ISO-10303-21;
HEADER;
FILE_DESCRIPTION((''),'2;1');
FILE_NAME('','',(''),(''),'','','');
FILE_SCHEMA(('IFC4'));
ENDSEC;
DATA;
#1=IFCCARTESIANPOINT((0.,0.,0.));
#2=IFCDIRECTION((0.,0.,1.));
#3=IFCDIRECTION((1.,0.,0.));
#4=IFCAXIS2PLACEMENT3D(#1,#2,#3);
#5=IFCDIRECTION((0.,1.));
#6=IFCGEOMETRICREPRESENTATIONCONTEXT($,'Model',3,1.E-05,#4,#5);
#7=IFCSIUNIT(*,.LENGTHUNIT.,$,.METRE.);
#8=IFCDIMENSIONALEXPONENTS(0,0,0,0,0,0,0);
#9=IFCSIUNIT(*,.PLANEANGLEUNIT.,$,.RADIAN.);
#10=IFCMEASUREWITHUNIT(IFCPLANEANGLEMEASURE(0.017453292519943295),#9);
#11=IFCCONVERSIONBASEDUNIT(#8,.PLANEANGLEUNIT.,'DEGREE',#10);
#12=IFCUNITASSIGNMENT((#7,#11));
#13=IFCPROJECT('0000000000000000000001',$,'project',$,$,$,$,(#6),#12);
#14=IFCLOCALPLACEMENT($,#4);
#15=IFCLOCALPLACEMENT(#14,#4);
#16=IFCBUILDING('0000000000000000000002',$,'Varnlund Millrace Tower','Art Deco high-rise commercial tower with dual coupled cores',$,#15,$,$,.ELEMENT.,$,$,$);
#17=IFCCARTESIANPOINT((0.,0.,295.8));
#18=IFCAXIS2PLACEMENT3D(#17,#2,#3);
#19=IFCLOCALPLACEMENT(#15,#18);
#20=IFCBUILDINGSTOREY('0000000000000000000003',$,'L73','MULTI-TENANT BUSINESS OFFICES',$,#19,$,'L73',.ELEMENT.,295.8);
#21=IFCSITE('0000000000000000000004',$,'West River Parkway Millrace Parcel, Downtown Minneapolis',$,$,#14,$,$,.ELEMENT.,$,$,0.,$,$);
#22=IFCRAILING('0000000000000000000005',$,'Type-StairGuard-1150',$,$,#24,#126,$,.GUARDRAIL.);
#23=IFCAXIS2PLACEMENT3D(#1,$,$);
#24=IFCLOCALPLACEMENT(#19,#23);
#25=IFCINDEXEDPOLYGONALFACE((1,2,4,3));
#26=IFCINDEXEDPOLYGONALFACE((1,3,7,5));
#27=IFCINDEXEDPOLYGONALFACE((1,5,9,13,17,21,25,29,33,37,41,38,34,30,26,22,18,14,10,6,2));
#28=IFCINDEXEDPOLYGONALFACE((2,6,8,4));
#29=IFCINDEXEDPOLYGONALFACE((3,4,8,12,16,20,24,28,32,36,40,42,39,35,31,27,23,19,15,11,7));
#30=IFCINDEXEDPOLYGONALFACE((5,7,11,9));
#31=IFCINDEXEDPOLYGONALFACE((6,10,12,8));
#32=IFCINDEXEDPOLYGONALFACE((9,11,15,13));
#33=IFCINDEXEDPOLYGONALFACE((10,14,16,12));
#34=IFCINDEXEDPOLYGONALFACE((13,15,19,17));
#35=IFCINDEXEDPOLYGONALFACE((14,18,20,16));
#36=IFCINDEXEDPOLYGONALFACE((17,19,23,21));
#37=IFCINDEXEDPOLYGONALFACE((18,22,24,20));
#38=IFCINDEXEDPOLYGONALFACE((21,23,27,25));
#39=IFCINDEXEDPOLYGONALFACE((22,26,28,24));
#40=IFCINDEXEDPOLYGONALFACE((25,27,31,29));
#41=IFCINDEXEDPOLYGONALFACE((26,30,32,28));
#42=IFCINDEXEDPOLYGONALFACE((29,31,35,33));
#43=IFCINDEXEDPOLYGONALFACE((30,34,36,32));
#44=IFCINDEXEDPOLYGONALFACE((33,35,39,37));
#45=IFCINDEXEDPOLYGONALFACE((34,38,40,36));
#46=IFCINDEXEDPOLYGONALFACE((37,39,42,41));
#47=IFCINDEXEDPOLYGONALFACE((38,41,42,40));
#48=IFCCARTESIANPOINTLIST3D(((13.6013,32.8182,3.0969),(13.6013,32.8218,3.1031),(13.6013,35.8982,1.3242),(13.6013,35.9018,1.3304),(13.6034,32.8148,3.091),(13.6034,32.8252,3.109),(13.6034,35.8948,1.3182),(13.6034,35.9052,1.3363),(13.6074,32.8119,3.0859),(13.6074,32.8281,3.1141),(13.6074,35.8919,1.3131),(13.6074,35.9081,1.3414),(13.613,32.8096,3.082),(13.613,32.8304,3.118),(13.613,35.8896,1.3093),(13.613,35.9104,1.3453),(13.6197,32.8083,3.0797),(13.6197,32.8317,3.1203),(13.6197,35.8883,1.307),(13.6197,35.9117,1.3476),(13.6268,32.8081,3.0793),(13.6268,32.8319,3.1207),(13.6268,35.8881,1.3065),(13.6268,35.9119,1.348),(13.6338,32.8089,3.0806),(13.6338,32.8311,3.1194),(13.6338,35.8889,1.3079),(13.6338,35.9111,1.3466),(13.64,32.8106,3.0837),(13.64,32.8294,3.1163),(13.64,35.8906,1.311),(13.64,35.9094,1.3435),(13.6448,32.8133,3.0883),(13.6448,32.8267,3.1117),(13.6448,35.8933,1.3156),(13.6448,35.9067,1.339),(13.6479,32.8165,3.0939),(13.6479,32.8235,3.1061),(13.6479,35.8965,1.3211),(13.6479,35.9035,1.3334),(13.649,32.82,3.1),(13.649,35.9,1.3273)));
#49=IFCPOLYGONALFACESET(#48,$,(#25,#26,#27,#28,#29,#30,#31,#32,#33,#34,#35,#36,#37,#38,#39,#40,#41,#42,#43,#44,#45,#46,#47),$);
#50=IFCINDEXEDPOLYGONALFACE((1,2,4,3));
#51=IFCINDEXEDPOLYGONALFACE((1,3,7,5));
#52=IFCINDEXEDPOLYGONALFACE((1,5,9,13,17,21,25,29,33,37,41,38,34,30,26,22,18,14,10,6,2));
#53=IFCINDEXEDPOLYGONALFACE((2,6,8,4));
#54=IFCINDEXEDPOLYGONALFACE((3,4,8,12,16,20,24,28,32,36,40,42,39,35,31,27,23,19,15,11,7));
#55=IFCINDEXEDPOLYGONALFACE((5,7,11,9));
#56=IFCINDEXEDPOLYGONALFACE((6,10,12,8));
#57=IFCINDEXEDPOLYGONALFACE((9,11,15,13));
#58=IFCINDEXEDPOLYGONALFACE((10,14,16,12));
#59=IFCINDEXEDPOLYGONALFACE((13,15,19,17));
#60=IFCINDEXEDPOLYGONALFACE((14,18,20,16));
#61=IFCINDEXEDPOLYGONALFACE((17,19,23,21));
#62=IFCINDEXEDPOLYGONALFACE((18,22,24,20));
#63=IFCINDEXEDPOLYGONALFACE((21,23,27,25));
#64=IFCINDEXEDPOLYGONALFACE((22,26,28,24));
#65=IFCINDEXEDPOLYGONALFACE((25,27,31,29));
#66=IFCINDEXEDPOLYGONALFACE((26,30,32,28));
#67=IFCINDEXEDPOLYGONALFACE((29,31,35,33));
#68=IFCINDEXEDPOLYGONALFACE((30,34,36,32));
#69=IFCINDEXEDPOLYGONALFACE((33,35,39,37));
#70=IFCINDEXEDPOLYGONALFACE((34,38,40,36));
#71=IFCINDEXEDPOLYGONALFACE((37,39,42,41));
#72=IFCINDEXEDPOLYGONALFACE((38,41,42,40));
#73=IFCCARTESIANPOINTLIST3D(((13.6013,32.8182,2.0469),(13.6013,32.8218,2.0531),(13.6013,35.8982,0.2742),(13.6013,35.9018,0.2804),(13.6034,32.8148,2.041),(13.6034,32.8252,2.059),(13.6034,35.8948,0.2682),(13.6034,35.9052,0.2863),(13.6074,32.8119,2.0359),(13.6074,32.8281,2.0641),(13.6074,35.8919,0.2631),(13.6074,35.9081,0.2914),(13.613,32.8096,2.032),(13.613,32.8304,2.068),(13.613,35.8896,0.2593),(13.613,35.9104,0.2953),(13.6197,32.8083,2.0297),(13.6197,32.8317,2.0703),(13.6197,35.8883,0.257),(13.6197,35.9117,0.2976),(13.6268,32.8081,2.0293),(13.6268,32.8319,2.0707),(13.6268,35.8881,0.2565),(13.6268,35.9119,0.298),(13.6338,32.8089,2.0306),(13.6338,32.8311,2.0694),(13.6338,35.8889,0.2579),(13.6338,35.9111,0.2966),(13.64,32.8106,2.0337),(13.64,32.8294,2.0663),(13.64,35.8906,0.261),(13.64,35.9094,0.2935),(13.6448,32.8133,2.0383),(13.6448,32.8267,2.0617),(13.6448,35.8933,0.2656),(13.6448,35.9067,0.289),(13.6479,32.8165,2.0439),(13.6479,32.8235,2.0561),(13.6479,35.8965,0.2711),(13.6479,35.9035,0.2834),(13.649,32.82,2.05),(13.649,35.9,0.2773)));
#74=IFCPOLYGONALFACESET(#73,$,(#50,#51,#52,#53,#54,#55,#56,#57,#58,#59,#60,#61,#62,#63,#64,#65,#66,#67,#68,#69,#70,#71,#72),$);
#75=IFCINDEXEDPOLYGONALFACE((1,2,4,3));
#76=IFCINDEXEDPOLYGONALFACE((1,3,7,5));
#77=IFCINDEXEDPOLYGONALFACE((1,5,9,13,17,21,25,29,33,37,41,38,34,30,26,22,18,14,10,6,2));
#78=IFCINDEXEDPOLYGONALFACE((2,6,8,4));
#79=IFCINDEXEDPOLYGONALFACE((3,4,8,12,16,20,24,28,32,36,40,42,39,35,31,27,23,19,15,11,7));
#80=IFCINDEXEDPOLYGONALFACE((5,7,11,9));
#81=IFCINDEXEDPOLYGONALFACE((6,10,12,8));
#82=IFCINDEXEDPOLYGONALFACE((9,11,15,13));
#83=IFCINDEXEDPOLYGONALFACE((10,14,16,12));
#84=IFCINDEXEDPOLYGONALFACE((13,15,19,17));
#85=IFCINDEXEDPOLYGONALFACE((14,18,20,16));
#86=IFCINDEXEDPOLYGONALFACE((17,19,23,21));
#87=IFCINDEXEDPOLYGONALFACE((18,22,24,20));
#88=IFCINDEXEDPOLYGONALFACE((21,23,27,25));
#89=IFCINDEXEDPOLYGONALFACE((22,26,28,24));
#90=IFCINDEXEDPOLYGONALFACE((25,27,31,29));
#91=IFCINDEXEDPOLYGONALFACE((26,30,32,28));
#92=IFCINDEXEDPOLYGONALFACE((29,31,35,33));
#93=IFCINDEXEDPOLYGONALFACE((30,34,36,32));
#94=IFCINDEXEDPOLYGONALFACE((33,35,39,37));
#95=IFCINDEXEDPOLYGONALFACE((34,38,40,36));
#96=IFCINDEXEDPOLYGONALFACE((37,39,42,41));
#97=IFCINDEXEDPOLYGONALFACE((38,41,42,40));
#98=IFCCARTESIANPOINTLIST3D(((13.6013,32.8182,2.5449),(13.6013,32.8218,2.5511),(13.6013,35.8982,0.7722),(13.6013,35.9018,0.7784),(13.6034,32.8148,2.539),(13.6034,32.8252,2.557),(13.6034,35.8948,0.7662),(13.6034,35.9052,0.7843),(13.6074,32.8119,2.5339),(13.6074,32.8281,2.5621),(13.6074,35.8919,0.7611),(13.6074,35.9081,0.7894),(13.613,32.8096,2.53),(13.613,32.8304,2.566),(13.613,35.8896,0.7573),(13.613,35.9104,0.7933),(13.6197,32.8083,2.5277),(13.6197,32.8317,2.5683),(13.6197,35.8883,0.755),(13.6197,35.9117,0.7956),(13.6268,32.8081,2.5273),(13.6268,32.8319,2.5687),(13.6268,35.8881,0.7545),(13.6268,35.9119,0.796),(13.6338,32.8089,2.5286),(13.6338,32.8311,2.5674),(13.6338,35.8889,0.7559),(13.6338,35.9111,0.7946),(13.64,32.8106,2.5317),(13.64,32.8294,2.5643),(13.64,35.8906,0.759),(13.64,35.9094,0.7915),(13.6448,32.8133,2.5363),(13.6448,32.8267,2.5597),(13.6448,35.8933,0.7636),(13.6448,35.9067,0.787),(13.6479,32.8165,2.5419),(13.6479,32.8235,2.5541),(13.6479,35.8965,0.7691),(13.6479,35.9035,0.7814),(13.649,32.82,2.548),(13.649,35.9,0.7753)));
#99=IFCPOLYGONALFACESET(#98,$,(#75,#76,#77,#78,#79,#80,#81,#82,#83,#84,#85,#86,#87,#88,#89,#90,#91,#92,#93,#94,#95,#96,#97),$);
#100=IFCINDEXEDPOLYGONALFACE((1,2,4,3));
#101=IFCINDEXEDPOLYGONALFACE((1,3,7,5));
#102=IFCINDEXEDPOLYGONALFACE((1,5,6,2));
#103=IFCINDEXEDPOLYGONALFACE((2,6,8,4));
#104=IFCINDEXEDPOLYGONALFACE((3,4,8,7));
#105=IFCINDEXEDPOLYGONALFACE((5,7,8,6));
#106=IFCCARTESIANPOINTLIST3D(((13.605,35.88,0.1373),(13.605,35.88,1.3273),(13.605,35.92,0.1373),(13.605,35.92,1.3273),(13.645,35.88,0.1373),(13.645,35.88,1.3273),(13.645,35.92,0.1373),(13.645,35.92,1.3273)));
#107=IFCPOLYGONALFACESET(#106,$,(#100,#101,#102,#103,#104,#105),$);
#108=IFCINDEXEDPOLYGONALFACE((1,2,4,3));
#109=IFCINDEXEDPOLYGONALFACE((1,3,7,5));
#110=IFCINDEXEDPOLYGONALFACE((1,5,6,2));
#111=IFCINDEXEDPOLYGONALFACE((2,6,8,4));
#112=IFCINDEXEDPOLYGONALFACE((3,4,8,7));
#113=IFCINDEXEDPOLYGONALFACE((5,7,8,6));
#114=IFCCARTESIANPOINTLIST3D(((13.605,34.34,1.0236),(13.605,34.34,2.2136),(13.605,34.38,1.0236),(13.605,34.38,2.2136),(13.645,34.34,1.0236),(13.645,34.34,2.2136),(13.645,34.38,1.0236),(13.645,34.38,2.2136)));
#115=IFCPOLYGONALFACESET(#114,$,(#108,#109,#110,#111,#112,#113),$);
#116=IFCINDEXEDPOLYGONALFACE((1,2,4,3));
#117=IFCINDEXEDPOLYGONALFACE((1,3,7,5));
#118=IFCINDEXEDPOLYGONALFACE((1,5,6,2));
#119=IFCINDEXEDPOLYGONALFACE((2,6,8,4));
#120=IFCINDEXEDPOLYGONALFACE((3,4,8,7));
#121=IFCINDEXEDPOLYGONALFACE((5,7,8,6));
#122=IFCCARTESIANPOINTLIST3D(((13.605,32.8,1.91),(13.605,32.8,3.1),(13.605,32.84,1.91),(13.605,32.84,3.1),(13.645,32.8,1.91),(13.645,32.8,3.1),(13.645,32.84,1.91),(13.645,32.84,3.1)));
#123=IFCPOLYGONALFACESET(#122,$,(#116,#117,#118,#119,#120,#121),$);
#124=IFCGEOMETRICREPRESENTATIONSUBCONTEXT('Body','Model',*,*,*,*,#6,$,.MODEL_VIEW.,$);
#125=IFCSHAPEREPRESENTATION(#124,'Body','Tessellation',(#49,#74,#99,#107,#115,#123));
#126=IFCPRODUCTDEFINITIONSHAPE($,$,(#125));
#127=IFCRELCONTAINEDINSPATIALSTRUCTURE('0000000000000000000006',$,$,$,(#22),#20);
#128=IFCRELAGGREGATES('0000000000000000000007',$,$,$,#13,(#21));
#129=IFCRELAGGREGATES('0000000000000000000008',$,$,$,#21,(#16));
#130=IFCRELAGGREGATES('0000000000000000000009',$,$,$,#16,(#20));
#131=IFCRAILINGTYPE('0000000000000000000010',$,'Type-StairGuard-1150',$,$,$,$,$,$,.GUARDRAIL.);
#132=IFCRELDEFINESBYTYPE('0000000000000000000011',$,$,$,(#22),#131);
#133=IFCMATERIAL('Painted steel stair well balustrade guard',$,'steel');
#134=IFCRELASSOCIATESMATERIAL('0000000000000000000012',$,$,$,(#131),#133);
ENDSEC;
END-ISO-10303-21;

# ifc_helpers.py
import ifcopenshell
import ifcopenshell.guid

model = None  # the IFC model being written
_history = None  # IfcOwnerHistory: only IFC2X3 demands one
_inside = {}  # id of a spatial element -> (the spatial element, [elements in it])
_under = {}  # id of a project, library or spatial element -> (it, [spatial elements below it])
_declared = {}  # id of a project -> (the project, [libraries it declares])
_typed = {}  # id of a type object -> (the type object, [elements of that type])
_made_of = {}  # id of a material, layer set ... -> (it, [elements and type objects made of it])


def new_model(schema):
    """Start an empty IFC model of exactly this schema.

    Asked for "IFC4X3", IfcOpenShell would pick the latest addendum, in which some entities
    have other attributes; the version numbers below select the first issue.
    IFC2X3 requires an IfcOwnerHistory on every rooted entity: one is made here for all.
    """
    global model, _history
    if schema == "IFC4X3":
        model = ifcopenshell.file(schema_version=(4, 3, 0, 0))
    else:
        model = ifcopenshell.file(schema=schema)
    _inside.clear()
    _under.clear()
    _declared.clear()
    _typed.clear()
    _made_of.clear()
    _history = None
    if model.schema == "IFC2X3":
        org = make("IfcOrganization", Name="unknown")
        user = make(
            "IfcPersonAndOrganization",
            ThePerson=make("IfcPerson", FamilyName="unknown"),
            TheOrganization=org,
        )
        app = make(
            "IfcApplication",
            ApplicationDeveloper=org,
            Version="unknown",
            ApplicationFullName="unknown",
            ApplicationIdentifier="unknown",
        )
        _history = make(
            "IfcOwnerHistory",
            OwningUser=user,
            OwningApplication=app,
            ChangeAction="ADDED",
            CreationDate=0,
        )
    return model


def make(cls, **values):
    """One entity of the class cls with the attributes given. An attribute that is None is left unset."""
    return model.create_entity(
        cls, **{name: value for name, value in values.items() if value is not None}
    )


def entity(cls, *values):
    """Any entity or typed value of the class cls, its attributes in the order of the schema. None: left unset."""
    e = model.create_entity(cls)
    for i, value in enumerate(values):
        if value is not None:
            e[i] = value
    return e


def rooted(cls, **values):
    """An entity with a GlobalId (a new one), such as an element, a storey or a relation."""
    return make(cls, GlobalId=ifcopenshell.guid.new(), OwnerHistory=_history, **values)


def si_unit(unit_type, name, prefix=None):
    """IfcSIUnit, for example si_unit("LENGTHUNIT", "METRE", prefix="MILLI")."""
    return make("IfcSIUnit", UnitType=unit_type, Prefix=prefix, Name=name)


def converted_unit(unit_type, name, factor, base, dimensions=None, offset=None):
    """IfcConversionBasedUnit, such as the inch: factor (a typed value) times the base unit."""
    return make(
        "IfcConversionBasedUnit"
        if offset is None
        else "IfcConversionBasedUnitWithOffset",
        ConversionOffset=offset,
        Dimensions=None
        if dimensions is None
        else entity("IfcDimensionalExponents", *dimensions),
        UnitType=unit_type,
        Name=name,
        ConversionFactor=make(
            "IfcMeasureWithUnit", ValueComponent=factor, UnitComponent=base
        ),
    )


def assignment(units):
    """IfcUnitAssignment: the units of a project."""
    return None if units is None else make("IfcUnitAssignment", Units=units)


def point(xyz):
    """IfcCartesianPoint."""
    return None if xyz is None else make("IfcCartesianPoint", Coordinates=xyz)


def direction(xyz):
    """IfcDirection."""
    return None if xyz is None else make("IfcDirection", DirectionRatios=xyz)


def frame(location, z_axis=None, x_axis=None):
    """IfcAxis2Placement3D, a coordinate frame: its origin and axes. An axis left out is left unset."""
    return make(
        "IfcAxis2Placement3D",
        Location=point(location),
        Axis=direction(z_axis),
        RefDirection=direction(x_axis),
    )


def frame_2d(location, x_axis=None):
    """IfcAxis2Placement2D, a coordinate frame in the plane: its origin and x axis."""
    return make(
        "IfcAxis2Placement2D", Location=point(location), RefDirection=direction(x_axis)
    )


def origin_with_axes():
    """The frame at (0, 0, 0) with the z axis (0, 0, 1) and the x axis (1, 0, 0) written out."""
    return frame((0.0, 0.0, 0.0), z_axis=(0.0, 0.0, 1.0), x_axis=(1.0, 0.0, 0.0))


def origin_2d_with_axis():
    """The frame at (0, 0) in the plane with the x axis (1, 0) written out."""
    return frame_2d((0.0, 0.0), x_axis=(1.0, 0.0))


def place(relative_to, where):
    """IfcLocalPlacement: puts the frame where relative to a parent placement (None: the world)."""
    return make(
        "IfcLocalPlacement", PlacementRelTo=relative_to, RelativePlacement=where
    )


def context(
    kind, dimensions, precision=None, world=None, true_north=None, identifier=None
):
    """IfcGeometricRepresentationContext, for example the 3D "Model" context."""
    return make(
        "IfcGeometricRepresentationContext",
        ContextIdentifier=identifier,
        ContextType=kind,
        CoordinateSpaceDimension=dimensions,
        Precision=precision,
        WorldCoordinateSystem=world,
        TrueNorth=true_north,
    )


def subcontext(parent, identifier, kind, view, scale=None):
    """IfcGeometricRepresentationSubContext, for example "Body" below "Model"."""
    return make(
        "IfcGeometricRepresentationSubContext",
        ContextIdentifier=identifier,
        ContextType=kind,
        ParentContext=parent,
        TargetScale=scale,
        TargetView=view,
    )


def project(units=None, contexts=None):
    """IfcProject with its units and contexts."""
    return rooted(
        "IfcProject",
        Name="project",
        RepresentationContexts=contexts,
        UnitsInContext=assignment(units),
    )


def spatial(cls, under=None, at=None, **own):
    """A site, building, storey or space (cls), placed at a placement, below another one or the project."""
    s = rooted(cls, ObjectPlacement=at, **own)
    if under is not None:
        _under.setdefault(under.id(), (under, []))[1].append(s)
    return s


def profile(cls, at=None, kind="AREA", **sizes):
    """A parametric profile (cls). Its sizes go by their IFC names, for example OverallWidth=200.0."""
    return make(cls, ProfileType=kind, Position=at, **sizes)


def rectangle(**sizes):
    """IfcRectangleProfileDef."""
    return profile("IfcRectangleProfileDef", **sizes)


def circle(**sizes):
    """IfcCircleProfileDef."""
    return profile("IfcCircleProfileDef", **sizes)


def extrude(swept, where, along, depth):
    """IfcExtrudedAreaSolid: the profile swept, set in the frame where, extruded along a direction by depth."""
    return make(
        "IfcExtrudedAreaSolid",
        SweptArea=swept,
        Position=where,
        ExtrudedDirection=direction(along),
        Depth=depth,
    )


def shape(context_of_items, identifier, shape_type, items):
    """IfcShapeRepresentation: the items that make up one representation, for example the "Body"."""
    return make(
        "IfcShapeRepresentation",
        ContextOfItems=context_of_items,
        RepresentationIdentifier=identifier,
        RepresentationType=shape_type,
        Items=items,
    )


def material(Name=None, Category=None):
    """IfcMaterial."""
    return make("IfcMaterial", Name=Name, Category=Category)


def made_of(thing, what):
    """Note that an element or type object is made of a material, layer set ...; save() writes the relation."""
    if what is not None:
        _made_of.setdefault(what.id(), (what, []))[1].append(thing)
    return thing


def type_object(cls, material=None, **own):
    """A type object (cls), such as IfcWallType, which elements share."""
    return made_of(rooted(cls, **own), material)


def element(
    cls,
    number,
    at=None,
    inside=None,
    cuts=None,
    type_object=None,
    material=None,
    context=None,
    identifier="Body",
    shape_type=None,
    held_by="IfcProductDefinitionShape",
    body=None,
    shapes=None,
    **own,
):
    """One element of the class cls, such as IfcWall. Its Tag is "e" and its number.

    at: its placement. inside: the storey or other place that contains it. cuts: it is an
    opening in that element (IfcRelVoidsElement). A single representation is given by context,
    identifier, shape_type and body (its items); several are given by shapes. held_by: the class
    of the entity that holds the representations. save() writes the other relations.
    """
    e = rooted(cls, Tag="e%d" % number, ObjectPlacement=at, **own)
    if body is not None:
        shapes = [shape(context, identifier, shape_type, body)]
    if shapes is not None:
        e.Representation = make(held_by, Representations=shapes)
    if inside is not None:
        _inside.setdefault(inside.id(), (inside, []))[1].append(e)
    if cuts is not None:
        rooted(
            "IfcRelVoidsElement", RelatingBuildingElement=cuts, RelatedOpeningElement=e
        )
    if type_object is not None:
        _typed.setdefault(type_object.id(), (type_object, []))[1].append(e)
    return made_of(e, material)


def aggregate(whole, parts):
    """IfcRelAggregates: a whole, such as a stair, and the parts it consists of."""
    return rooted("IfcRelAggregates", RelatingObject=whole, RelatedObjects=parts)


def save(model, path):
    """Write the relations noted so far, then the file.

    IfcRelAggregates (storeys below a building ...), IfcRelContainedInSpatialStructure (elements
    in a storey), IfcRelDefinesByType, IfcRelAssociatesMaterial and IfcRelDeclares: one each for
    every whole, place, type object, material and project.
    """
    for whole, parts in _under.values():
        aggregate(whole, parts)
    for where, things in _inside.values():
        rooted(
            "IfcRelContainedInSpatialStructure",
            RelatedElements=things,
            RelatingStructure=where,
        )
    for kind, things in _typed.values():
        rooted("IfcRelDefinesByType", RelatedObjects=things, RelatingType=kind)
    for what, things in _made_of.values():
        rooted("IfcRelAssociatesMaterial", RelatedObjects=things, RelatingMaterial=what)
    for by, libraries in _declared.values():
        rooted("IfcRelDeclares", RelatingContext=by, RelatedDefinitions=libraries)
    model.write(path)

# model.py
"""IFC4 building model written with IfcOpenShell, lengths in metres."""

from ifc_helpers import new_model, entity, si_unit, converted_unit, direction, frame, origin_with_axes, origin_2d_with_axis, place, context, subcontext, project, spatial, rectangle, circle, extrude, material, type_object, element, save


model = new_model("IFC4")

# Units and contexts
model_context = context("Model", 3, precision=1e-05, world=origin_with_axes(), true_north=direction((0.0, 1.0)))
body_context = subcontext(model_context, "Body", "Model", "MODEL_VIEW")
ifc_project = project(units=[si_unit("LENGTHUNIT", "METRE"), converted_unit("PLANEANGLEUNIT", "DEGREE", entity("IfcPlaneAngleMeasure", 0.017453292519943295), si_unit("PLANEANGLEUNIT", "RADIAN"), dimensions=[0, 0, 0, 0, 0, 0, 0])], contexts=[model_context])

# Site, building, storey
site_placement = place(None, origin_with_axes())
site = spatial("IfcSite", under=ifc_project, at=site_placement, Name="West River Parkway Millrace Parcel, Downtown Minneapolis", CompositionType="ELEMENT", RefElevation=0.0)
building_placement = place(site_placement, origin_with_axes())
building = spatial("IfcBuilding", under=site, at=building_placement, Name="Varnlund Millrace Tower", Description="Art Deco high-rise commercial tower with dual coupled cores", CompositionType="ELEMENT")
storey_placement = place(building_placement, frame((0.0, 0.0, 295.8), z_axis=(0.0, 0.0, 1.0), x_axis=(1.0, 0.0, 0.0)))
storey = spatial("IfcBuildingStorey", under=building, at=storey_placement, Name="L73", Description="MULTI-TENANT BUSINESS OFFICES", LongName="L73", CompositionType="ELEMENT", Elevation=295.8)

# Railing
ifc_material_1 = material(Name="Painted steel stair well balustrade guard", Category="steel")
railing_type_1 = type_object("IfcRailingType", Name="Type-StairGuard-1150", PredefinedType="GUARDRAIL", material=ifc_material_1)
railing_1_placement = place(storey_placement, frame((0.0, 0.0, -295.8), z_axis=(0.0, 0.0, 1.0), x_axis=(1.0, 0.0, 0.0)))
element("IfcRailing", 1, at=railing_1_placement, inside=storey, type_object=railing_type_1, Name="Type-StairGuard-1150", PredefinedType="GUARDRAIL", context=body_context, shape_type="SweptSolid", body=[
    extrude(circle(Radius=0.024, at=origin_2d_with_axis()), frame((13.625, 35.9, 297.1273), z_axis=(0.0, -0.866696, 0.498836), x_axis=(1.0, 0.0, 0.0)), (0.0, 0.0, 1.0), 3.5537),
    extrude(circle(Radius=0.024, at=origin_2d_with_axis()), frame((13.625, 35.9, 296.0773), z_axis=(0.0, -0.866696, 0.498836), x_axis=(1.0, 0.0, 0.0)), (0.0, 0.0, 1.0), 3.5537),
    extrude(circle(Radius=0.024, at=origin_2d_with_axis()), frame((13.625, 35.9, 296.5753), z_axis=(0.0, -0.866696, 0.498836), x_axis=(1.0, 0.0, 0.0)), (0.0, 0.0, 1.0), 3.5537),
    extrude(rectangle(XDim=0.04, YDim=0.04, at=origin_2d_with_axis()), frame((13.625, 35.9, 295.9373), z_axis=(0.0, 0.0, 1.0), x_axis=(1.0, 0.0, 0.0)), (0.0, 0.0, 1.0), 1.19),
    extrude(rectangle(XDim=0.04, YDim=0.04, at=origin_2d_with_axis()), frame((13.625, 34.36, 296.8236), z_axis=(0.0, 0.0, 1.0), x_axis=(1.0, 0.0, 0.0)), (0.0, 0.0, 1.0), 1.19),
    extrude(rectangle(XDim=0.04, YDim=0.04, at=origin_2d_with_axis()), frame((13.625, 32.82, 297.71), z_axis=(0.0, 0.0, 1.0), x_axis=(1.0, 0.0, 0.0)), (0.0, 0.0, 1.0), 1.19),
])

save(model, "model.ifc")
